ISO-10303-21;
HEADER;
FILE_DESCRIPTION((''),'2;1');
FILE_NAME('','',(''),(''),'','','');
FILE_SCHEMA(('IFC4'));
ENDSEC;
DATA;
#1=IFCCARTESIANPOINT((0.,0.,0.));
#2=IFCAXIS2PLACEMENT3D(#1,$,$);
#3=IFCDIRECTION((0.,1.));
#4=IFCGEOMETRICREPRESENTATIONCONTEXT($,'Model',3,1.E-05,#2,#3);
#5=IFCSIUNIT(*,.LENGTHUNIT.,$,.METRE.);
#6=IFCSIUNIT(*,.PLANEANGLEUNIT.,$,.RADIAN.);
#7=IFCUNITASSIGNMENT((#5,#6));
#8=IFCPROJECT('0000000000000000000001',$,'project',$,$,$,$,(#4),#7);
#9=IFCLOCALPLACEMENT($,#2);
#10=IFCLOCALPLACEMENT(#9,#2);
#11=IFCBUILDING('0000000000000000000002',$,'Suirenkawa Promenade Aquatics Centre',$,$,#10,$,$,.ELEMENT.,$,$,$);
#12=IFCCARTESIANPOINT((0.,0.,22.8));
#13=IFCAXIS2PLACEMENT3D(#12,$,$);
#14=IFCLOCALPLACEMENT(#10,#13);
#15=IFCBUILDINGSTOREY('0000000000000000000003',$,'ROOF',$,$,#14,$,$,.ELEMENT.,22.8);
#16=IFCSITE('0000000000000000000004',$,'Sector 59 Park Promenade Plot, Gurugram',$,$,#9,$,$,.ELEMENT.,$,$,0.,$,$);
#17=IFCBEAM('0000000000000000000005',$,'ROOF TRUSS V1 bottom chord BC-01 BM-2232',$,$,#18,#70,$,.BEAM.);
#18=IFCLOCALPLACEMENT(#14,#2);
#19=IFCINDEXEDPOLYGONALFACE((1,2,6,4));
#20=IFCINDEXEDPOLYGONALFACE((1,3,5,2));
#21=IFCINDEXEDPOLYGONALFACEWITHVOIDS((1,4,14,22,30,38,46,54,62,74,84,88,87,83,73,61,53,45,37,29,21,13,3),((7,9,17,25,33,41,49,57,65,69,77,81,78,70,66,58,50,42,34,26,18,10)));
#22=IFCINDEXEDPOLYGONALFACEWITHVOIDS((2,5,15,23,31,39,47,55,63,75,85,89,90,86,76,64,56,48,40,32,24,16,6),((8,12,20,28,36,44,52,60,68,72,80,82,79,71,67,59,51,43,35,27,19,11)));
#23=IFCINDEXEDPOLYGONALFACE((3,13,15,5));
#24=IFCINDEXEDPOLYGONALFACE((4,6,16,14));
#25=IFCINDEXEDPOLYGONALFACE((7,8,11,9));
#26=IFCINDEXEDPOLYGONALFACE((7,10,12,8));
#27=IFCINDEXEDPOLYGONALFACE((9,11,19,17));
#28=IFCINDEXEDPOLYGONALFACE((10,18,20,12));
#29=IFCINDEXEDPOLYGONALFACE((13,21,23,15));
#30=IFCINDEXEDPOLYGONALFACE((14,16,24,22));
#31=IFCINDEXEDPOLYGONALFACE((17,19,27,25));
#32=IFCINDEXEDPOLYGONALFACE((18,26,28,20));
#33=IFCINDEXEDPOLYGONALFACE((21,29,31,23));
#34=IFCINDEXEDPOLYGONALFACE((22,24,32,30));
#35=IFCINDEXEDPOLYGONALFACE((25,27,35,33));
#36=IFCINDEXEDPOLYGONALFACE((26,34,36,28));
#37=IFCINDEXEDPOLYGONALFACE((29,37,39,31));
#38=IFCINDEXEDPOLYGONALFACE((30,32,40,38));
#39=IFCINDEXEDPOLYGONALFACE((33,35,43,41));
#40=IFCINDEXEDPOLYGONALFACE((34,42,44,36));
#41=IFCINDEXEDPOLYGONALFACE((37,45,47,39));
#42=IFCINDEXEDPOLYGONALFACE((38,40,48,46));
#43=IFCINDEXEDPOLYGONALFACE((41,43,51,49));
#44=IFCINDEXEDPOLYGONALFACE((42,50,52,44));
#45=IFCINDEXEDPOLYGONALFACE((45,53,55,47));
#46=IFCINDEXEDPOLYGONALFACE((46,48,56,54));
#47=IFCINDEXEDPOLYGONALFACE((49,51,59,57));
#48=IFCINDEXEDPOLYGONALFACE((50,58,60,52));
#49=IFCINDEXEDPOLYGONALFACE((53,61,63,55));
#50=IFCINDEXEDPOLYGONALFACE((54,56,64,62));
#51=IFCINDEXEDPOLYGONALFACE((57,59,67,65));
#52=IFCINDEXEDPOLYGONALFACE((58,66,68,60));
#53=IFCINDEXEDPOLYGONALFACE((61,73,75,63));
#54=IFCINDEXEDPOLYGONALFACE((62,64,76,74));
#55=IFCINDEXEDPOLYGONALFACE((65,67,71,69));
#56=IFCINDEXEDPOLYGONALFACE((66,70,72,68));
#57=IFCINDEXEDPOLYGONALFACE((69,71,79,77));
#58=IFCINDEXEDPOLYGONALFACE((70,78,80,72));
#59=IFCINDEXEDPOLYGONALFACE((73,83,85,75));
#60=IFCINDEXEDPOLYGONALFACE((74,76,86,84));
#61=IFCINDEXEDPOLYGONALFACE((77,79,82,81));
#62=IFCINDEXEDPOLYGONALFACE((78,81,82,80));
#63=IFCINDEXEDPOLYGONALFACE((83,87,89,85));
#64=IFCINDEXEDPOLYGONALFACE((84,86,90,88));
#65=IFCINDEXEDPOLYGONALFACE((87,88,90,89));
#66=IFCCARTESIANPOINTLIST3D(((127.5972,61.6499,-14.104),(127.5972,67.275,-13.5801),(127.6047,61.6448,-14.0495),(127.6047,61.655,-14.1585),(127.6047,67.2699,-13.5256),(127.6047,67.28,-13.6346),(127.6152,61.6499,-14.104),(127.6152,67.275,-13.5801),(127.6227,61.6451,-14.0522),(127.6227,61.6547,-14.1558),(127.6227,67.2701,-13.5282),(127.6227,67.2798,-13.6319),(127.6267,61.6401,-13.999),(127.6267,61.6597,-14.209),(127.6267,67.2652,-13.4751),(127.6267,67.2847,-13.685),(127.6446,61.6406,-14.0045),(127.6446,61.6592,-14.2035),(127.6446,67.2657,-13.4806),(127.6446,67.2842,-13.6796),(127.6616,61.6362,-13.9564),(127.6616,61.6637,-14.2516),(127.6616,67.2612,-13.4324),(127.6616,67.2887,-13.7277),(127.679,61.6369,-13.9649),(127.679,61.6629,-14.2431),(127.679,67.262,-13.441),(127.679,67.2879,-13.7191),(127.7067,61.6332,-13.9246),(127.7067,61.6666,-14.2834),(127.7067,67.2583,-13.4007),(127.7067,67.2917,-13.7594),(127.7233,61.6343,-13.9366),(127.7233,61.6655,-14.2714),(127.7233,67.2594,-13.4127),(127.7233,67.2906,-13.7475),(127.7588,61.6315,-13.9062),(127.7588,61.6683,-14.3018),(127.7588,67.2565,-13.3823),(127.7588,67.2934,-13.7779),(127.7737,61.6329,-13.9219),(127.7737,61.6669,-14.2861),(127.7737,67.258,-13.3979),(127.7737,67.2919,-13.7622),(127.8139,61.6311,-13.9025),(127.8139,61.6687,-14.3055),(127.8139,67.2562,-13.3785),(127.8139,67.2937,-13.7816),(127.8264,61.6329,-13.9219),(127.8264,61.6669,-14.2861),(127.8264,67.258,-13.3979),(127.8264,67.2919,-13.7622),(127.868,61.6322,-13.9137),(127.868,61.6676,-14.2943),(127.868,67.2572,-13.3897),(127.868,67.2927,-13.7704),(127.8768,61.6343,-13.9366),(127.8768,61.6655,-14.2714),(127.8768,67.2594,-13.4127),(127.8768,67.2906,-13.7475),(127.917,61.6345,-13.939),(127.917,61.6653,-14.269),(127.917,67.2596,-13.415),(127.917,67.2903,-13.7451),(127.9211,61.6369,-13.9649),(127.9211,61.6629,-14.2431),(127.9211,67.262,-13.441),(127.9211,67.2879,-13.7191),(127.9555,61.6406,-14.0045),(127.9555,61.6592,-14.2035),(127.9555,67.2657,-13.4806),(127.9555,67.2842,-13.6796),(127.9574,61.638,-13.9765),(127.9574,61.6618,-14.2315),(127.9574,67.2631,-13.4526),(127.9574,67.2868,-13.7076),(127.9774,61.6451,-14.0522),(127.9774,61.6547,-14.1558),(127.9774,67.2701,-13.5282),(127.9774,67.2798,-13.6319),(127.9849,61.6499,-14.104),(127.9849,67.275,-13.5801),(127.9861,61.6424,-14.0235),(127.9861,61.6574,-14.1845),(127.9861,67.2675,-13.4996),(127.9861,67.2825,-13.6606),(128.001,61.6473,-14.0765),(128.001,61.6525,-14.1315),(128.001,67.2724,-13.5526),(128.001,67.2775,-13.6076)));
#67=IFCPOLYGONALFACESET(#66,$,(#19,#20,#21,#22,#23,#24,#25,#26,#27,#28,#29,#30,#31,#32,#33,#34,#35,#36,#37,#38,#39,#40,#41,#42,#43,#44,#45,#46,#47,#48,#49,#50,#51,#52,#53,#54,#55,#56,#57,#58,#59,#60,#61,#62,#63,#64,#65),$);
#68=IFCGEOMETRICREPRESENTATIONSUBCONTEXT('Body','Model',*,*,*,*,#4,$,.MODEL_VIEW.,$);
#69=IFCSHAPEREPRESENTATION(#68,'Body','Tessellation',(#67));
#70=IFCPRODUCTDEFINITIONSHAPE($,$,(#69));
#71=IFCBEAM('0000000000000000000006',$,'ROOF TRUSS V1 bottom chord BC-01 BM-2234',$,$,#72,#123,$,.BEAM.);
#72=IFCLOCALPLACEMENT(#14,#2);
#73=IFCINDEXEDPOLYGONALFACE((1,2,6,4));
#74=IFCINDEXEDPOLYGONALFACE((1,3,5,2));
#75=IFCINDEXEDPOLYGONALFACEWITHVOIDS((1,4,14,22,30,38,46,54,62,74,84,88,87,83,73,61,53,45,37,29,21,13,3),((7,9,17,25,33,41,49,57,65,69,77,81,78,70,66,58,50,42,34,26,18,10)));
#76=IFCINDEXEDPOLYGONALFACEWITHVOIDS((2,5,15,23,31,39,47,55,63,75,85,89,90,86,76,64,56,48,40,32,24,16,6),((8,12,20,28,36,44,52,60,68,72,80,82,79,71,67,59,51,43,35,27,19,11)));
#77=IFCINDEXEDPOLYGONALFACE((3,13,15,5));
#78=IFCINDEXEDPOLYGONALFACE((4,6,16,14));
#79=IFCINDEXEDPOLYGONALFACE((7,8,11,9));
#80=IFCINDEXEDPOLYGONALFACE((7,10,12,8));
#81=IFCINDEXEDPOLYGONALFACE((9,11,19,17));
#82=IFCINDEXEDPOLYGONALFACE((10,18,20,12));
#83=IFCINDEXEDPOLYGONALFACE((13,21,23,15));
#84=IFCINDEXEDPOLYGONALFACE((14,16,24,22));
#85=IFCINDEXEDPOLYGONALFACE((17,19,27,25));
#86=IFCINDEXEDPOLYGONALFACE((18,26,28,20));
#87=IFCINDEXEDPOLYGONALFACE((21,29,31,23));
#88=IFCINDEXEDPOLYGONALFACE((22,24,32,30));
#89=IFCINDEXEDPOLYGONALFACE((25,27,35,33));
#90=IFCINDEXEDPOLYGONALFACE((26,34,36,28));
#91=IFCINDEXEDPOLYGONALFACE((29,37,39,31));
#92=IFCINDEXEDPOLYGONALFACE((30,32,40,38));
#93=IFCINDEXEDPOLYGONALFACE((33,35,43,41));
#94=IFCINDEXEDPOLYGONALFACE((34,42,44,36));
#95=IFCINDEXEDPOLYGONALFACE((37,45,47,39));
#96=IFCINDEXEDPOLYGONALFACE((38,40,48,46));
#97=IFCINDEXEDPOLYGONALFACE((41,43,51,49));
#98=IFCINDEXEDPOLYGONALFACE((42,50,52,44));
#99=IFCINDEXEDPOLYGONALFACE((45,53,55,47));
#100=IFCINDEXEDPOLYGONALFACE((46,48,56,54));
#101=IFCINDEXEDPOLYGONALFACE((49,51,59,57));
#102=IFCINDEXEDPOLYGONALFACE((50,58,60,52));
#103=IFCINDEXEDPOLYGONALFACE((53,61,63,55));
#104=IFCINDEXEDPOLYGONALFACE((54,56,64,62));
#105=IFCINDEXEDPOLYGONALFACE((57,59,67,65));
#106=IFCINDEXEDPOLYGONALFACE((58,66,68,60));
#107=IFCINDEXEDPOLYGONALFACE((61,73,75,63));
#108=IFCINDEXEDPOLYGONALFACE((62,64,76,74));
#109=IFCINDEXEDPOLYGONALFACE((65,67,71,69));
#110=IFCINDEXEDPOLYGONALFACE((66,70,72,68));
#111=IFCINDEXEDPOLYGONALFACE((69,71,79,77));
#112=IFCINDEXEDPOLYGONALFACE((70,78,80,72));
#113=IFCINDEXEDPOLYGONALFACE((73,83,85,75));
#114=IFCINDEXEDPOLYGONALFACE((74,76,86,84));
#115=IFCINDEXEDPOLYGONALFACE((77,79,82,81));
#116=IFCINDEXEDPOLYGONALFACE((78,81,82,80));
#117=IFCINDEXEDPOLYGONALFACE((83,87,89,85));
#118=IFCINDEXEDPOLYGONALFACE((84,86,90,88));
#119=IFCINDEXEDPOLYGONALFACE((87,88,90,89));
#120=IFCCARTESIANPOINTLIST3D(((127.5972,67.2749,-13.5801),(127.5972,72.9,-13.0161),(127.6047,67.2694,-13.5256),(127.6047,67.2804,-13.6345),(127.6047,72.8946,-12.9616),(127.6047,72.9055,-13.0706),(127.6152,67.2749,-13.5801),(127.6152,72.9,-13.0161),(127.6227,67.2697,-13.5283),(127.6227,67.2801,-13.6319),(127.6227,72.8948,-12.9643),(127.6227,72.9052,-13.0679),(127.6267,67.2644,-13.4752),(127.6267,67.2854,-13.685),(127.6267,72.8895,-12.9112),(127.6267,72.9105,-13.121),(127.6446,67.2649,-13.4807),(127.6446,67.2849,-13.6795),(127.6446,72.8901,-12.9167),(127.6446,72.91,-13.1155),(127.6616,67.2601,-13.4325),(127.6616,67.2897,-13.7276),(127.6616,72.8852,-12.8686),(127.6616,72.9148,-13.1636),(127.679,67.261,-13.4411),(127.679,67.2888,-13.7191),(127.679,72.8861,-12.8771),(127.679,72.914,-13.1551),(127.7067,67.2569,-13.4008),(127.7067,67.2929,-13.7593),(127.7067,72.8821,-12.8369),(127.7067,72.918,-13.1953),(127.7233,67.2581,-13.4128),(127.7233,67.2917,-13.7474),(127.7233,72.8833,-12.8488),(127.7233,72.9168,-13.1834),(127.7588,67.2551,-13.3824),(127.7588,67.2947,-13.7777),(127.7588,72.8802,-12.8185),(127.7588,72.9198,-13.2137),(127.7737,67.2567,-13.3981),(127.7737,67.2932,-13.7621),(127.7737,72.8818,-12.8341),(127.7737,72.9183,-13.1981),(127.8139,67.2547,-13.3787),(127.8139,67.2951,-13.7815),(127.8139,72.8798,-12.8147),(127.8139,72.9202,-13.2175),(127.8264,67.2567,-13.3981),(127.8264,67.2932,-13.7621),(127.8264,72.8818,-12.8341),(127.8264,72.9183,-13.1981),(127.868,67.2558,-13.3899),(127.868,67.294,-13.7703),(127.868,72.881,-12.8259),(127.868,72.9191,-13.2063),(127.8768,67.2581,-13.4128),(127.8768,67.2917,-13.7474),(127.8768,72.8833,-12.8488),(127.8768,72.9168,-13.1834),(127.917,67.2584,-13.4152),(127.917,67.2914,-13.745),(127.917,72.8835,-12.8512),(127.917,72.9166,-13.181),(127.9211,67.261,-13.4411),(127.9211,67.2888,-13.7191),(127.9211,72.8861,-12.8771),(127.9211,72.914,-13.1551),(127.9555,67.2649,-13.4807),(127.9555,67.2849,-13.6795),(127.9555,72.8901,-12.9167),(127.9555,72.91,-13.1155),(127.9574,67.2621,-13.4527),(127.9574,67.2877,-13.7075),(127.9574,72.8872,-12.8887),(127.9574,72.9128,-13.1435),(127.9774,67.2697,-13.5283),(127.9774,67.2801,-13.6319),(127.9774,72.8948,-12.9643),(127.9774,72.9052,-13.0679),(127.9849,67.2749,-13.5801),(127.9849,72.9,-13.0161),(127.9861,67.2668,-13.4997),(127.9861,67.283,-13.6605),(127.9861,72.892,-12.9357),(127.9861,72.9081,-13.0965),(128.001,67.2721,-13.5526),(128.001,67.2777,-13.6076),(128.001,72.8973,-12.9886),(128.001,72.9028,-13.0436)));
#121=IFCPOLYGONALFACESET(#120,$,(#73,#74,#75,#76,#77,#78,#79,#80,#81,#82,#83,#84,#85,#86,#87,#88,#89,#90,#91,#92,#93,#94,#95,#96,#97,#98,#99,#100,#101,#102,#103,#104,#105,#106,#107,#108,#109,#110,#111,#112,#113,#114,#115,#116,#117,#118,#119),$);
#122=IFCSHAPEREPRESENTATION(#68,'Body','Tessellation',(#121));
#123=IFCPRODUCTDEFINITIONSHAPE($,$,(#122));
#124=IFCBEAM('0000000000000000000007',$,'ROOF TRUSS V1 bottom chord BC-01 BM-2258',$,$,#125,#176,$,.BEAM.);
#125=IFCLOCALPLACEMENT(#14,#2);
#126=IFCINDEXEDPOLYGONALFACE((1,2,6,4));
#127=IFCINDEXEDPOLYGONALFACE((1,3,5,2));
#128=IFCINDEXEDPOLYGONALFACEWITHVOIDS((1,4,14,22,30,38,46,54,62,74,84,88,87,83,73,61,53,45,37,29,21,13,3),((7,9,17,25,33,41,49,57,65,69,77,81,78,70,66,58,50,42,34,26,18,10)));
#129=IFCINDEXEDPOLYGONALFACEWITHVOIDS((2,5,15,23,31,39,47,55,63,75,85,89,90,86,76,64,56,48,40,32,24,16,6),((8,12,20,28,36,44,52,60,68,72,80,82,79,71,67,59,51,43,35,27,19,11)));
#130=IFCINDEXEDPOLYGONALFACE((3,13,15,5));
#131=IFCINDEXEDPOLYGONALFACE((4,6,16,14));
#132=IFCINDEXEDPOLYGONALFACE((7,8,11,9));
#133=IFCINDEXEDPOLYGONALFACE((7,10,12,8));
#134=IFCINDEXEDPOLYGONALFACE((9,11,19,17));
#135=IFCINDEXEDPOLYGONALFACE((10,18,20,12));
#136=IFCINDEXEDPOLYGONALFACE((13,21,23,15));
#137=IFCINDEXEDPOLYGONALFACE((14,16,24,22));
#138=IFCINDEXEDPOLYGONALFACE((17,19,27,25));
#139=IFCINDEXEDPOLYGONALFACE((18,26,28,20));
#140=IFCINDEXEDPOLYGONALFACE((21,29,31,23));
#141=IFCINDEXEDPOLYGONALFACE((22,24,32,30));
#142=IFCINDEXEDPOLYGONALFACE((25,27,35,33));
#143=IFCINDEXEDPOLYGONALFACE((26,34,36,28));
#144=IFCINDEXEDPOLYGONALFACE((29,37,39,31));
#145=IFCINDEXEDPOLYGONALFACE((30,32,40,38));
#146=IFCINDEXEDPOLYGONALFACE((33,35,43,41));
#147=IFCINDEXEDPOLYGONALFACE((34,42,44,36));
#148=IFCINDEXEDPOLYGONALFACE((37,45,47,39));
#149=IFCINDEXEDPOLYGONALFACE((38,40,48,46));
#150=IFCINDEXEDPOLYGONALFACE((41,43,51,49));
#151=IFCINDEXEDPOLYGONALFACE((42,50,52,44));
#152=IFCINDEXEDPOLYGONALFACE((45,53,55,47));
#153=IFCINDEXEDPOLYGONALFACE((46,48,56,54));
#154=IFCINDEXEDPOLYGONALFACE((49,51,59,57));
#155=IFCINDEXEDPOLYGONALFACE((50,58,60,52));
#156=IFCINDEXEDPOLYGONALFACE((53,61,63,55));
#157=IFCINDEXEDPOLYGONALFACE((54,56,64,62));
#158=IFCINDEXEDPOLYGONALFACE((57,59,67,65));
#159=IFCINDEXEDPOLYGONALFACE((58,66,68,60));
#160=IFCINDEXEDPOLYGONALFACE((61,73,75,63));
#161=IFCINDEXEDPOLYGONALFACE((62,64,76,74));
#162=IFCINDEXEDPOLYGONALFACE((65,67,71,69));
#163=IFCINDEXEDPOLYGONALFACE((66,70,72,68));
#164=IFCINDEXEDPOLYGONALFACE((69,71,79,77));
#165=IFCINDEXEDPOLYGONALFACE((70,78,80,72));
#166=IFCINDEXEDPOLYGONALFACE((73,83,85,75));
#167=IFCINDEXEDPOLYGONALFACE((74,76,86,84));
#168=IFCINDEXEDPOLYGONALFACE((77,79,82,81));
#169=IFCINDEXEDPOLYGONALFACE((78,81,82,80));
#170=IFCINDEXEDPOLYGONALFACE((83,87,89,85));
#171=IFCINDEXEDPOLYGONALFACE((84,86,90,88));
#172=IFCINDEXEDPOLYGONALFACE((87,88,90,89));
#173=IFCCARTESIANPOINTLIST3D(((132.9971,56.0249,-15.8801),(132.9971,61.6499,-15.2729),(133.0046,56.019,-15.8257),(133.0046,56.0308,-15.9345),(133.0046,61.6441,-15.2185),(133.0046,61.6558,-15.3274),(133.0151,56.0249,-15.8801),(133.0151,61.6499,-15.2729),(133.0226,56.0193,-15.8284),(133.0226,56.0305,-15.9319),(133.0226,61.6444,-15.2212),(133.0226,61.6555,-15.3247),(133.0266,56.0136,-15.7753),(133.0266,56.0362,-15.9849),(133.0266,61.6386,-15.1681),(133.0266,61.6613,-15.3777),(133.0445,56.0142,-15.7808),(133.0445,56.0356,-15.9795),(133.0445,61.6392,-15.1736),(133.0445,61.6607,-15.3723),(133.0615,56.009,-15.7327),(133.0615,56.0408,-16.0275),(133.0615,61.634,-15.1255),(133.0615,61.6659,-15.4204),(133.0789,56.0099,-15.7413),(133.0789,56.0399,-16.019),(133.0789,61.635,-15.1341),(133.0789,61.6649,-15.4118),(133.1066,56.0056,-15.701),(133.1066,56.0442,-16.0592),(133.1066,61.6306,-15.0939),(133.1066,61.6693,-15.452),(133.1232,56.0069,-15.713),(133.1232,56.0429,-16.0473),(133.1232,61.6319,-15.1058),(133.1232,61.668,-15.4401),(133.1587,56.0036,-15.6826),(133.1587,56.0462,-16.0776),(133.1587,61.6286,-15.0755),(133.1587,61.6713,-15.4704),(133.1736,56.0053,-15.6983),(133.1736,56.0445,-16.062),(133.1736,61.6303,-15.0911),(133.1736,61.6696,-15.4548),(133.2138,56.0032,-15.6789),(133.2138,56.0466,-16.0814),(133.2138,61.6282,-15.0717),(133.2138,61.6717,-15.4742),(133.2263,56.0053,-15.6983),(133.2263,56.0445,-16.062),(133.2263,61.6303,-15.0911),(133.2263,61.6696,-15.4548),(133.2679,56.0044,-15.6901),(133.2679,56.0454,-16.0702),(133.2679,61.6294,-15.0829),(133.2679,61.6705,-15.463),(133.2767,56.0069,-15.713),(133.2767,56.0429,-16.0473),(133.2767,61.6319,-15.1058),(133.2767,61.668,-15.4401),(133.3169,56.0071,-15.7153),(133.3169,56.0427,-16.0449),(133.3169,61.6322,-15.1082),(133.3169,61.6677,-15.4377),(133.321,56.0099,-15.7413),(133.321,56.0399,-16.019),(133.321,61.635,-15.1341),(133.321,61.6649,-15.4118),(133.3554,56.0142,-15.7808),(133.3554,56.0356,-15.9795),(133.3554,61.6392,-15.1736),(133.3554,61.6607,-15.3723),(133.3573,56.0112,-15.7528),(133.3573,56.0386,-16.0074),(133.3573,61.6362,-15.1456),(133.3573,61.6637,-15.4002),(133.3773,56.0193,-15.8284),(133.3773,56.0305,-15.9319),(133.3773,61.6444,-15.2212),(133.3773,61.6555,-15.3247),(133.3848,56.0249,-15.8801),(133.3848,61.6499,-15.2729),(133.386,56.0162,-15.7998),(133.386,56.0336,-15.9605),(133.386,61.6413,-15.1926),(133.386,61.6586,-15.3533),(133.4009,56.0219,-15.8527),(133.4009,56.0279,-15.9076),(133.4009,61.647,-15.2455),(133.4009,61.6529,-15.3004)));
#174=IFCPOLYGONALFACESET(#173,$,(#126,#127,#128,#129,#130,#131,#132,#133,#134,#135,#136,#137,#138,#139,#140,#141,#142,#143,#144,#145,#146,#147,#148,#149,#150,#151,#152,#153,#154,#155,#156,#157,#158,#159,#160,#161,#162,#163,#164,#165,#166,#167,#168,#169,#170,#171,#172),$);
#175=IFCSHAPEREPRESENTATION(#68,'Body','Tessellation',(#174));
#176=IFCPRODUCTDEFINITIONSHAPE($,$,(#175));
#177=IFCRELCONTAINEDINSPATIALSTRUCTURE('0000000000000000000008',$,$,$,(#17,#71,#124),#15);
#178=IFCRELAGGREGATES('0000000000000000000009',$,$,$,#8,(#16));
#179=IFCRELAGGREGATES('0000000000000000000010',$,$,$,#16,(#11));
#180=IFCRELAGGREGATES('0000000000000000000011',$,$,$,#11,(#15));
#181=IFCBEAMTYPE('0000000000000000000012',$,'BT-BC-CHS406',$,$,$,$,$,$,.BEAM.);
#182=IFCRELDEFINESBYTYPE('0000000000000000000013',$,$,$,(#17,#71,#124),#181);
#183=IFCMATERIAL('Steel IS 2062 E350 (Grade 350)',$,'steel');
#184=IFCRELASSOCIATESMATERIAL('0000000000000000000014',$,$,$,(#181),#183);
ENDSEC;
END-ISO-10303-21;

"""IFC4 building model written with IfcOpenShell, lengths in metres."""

from ifc_helpers import new_model, si_unit, direction, frame, origin, origin_2d, place, context, subcontext, project, spatial, hollow_circle, extrude, material, material_profile, profile_set, type_object, element, save


model = new_model("IFC4")

# Units and contexts
model_context = context("Model", 3, precision=1e-05, world=origin(), true_north=direction((0.0, 1.0)))
body_context = subcontext(model_context, "Body", "Model", "MODEL_VIEW")
ifc_project = project(units=[si_unit("LENGTHUNIT", "METRE"), si_unit("PLANEANGLEUNIT", "RADIAN")], contexts=[model_context])

# Site, building, storey
site_placement = place(None, origin())
site = spatial("IfcSite", under=ifc_project, at=site_placement, Name="Sector 59 Park Promenade Plot, Gurugram", CompositionType="ELEMENT", RefElevation=0.0)
building_placement = place(site_placement, origin())
building = spatial("IfcBuilding", under=site, at=building_placement, Name="Suirenkawa Promenade Aquatics Centre", CompositionType="ELEMENT")
storey_placement = place(building_placement, frame((0.0, 0.0, 22.8)))
storey = spatial("IfcBuildingStorey", under=building, at=storey_placement, Name="ROOF", CompositionType="ELEMENT", Elevation=22.8)

# Beams
ifc_material = material(Name="Steel IS 2062 E350 (Grade 350)", Category="steel")
ifc_material_profile_1 = material_profile(ifc_material, hollow_circle(Radius=0.2029, WallThickness=0.0181, at=origin_2d()), Name="CHS 406x18", Category="steel")
ifc_profile_set_1 = profile_set([ifc_material_profile_1], Name="Steel IS 2062 E350 (Grade 350)")
beam_type_1 = type_object("IfcBeamType", Name="BT-BC-CHS406", PredefinedType="BEAM", material=ifc_profile_set_1)
beam_1_placement = place(storey_placement, frame((127.8, 61.6499, -14.104), z_axis=(0.0, 0.99569, 0.092741), x_axis=(-1.0, 0.0, 0.0)))
element("IfcBeam", 1, at=beam_1_placement, inside=storey, type_object=beam_type_1, Name="ROOF TRUSS V1 bottom chord BC-01 BM-2232", PredefinedType="BEAM", context=body_context, shape_type="SweptSolid", body=[
    extrude(hollow_circle(Radius=0.2029, WallThickness=0.0181, at=origin_2d()), origin(), (0.0, 0.0, 1.0), 5.6494),
])
beam_2_placement = place(storey_placement, frame((127.8, 67.2749, -13.5801), z_axis=(0.0, 0.995012, 0.09976), x_axis=(-1.0, 0.0, 0.0)))
element("IfcBeam", 2, at=beam_2_placement, inside=storey, type_object=beam_type_1, Name="ROOF TRUSS V1 bottom chord BC-01 BM-2234", PredefinedType="BEAM", context=body_context, shape_type="SweptSolid", body=[
    extrude(hollow_circle(Radius=0.2029, WallThickness=0.0181, at=origin_2d()), origin(), (0.0, 0.0, 1.0), 5.6533),
])
beam_3_placement = place(storey_placement, frame((133.2, 56.0249, -15.8801), z_axis=(0.0, 0.994225, 0.107319), x_axis=(-1.0, 0.0, 0.0)))
element("IfcBeam", 3, at=beam_3_placement, inside=storey, type_object=beam_type_1, Name="ROOF TRUSS V1 bottom chord BC-01 BM-2258", PredefinedType="BEAM", context=body_context, shape_type="SweptSolid", body=[
    extrude(hollow_circle(Radius=0.2029, WallThickness=0.0181, at=origin_2d()), origin(), (0.0, 0.0, 1.0), 5.6577),
])

save(model, "model.ifc")
